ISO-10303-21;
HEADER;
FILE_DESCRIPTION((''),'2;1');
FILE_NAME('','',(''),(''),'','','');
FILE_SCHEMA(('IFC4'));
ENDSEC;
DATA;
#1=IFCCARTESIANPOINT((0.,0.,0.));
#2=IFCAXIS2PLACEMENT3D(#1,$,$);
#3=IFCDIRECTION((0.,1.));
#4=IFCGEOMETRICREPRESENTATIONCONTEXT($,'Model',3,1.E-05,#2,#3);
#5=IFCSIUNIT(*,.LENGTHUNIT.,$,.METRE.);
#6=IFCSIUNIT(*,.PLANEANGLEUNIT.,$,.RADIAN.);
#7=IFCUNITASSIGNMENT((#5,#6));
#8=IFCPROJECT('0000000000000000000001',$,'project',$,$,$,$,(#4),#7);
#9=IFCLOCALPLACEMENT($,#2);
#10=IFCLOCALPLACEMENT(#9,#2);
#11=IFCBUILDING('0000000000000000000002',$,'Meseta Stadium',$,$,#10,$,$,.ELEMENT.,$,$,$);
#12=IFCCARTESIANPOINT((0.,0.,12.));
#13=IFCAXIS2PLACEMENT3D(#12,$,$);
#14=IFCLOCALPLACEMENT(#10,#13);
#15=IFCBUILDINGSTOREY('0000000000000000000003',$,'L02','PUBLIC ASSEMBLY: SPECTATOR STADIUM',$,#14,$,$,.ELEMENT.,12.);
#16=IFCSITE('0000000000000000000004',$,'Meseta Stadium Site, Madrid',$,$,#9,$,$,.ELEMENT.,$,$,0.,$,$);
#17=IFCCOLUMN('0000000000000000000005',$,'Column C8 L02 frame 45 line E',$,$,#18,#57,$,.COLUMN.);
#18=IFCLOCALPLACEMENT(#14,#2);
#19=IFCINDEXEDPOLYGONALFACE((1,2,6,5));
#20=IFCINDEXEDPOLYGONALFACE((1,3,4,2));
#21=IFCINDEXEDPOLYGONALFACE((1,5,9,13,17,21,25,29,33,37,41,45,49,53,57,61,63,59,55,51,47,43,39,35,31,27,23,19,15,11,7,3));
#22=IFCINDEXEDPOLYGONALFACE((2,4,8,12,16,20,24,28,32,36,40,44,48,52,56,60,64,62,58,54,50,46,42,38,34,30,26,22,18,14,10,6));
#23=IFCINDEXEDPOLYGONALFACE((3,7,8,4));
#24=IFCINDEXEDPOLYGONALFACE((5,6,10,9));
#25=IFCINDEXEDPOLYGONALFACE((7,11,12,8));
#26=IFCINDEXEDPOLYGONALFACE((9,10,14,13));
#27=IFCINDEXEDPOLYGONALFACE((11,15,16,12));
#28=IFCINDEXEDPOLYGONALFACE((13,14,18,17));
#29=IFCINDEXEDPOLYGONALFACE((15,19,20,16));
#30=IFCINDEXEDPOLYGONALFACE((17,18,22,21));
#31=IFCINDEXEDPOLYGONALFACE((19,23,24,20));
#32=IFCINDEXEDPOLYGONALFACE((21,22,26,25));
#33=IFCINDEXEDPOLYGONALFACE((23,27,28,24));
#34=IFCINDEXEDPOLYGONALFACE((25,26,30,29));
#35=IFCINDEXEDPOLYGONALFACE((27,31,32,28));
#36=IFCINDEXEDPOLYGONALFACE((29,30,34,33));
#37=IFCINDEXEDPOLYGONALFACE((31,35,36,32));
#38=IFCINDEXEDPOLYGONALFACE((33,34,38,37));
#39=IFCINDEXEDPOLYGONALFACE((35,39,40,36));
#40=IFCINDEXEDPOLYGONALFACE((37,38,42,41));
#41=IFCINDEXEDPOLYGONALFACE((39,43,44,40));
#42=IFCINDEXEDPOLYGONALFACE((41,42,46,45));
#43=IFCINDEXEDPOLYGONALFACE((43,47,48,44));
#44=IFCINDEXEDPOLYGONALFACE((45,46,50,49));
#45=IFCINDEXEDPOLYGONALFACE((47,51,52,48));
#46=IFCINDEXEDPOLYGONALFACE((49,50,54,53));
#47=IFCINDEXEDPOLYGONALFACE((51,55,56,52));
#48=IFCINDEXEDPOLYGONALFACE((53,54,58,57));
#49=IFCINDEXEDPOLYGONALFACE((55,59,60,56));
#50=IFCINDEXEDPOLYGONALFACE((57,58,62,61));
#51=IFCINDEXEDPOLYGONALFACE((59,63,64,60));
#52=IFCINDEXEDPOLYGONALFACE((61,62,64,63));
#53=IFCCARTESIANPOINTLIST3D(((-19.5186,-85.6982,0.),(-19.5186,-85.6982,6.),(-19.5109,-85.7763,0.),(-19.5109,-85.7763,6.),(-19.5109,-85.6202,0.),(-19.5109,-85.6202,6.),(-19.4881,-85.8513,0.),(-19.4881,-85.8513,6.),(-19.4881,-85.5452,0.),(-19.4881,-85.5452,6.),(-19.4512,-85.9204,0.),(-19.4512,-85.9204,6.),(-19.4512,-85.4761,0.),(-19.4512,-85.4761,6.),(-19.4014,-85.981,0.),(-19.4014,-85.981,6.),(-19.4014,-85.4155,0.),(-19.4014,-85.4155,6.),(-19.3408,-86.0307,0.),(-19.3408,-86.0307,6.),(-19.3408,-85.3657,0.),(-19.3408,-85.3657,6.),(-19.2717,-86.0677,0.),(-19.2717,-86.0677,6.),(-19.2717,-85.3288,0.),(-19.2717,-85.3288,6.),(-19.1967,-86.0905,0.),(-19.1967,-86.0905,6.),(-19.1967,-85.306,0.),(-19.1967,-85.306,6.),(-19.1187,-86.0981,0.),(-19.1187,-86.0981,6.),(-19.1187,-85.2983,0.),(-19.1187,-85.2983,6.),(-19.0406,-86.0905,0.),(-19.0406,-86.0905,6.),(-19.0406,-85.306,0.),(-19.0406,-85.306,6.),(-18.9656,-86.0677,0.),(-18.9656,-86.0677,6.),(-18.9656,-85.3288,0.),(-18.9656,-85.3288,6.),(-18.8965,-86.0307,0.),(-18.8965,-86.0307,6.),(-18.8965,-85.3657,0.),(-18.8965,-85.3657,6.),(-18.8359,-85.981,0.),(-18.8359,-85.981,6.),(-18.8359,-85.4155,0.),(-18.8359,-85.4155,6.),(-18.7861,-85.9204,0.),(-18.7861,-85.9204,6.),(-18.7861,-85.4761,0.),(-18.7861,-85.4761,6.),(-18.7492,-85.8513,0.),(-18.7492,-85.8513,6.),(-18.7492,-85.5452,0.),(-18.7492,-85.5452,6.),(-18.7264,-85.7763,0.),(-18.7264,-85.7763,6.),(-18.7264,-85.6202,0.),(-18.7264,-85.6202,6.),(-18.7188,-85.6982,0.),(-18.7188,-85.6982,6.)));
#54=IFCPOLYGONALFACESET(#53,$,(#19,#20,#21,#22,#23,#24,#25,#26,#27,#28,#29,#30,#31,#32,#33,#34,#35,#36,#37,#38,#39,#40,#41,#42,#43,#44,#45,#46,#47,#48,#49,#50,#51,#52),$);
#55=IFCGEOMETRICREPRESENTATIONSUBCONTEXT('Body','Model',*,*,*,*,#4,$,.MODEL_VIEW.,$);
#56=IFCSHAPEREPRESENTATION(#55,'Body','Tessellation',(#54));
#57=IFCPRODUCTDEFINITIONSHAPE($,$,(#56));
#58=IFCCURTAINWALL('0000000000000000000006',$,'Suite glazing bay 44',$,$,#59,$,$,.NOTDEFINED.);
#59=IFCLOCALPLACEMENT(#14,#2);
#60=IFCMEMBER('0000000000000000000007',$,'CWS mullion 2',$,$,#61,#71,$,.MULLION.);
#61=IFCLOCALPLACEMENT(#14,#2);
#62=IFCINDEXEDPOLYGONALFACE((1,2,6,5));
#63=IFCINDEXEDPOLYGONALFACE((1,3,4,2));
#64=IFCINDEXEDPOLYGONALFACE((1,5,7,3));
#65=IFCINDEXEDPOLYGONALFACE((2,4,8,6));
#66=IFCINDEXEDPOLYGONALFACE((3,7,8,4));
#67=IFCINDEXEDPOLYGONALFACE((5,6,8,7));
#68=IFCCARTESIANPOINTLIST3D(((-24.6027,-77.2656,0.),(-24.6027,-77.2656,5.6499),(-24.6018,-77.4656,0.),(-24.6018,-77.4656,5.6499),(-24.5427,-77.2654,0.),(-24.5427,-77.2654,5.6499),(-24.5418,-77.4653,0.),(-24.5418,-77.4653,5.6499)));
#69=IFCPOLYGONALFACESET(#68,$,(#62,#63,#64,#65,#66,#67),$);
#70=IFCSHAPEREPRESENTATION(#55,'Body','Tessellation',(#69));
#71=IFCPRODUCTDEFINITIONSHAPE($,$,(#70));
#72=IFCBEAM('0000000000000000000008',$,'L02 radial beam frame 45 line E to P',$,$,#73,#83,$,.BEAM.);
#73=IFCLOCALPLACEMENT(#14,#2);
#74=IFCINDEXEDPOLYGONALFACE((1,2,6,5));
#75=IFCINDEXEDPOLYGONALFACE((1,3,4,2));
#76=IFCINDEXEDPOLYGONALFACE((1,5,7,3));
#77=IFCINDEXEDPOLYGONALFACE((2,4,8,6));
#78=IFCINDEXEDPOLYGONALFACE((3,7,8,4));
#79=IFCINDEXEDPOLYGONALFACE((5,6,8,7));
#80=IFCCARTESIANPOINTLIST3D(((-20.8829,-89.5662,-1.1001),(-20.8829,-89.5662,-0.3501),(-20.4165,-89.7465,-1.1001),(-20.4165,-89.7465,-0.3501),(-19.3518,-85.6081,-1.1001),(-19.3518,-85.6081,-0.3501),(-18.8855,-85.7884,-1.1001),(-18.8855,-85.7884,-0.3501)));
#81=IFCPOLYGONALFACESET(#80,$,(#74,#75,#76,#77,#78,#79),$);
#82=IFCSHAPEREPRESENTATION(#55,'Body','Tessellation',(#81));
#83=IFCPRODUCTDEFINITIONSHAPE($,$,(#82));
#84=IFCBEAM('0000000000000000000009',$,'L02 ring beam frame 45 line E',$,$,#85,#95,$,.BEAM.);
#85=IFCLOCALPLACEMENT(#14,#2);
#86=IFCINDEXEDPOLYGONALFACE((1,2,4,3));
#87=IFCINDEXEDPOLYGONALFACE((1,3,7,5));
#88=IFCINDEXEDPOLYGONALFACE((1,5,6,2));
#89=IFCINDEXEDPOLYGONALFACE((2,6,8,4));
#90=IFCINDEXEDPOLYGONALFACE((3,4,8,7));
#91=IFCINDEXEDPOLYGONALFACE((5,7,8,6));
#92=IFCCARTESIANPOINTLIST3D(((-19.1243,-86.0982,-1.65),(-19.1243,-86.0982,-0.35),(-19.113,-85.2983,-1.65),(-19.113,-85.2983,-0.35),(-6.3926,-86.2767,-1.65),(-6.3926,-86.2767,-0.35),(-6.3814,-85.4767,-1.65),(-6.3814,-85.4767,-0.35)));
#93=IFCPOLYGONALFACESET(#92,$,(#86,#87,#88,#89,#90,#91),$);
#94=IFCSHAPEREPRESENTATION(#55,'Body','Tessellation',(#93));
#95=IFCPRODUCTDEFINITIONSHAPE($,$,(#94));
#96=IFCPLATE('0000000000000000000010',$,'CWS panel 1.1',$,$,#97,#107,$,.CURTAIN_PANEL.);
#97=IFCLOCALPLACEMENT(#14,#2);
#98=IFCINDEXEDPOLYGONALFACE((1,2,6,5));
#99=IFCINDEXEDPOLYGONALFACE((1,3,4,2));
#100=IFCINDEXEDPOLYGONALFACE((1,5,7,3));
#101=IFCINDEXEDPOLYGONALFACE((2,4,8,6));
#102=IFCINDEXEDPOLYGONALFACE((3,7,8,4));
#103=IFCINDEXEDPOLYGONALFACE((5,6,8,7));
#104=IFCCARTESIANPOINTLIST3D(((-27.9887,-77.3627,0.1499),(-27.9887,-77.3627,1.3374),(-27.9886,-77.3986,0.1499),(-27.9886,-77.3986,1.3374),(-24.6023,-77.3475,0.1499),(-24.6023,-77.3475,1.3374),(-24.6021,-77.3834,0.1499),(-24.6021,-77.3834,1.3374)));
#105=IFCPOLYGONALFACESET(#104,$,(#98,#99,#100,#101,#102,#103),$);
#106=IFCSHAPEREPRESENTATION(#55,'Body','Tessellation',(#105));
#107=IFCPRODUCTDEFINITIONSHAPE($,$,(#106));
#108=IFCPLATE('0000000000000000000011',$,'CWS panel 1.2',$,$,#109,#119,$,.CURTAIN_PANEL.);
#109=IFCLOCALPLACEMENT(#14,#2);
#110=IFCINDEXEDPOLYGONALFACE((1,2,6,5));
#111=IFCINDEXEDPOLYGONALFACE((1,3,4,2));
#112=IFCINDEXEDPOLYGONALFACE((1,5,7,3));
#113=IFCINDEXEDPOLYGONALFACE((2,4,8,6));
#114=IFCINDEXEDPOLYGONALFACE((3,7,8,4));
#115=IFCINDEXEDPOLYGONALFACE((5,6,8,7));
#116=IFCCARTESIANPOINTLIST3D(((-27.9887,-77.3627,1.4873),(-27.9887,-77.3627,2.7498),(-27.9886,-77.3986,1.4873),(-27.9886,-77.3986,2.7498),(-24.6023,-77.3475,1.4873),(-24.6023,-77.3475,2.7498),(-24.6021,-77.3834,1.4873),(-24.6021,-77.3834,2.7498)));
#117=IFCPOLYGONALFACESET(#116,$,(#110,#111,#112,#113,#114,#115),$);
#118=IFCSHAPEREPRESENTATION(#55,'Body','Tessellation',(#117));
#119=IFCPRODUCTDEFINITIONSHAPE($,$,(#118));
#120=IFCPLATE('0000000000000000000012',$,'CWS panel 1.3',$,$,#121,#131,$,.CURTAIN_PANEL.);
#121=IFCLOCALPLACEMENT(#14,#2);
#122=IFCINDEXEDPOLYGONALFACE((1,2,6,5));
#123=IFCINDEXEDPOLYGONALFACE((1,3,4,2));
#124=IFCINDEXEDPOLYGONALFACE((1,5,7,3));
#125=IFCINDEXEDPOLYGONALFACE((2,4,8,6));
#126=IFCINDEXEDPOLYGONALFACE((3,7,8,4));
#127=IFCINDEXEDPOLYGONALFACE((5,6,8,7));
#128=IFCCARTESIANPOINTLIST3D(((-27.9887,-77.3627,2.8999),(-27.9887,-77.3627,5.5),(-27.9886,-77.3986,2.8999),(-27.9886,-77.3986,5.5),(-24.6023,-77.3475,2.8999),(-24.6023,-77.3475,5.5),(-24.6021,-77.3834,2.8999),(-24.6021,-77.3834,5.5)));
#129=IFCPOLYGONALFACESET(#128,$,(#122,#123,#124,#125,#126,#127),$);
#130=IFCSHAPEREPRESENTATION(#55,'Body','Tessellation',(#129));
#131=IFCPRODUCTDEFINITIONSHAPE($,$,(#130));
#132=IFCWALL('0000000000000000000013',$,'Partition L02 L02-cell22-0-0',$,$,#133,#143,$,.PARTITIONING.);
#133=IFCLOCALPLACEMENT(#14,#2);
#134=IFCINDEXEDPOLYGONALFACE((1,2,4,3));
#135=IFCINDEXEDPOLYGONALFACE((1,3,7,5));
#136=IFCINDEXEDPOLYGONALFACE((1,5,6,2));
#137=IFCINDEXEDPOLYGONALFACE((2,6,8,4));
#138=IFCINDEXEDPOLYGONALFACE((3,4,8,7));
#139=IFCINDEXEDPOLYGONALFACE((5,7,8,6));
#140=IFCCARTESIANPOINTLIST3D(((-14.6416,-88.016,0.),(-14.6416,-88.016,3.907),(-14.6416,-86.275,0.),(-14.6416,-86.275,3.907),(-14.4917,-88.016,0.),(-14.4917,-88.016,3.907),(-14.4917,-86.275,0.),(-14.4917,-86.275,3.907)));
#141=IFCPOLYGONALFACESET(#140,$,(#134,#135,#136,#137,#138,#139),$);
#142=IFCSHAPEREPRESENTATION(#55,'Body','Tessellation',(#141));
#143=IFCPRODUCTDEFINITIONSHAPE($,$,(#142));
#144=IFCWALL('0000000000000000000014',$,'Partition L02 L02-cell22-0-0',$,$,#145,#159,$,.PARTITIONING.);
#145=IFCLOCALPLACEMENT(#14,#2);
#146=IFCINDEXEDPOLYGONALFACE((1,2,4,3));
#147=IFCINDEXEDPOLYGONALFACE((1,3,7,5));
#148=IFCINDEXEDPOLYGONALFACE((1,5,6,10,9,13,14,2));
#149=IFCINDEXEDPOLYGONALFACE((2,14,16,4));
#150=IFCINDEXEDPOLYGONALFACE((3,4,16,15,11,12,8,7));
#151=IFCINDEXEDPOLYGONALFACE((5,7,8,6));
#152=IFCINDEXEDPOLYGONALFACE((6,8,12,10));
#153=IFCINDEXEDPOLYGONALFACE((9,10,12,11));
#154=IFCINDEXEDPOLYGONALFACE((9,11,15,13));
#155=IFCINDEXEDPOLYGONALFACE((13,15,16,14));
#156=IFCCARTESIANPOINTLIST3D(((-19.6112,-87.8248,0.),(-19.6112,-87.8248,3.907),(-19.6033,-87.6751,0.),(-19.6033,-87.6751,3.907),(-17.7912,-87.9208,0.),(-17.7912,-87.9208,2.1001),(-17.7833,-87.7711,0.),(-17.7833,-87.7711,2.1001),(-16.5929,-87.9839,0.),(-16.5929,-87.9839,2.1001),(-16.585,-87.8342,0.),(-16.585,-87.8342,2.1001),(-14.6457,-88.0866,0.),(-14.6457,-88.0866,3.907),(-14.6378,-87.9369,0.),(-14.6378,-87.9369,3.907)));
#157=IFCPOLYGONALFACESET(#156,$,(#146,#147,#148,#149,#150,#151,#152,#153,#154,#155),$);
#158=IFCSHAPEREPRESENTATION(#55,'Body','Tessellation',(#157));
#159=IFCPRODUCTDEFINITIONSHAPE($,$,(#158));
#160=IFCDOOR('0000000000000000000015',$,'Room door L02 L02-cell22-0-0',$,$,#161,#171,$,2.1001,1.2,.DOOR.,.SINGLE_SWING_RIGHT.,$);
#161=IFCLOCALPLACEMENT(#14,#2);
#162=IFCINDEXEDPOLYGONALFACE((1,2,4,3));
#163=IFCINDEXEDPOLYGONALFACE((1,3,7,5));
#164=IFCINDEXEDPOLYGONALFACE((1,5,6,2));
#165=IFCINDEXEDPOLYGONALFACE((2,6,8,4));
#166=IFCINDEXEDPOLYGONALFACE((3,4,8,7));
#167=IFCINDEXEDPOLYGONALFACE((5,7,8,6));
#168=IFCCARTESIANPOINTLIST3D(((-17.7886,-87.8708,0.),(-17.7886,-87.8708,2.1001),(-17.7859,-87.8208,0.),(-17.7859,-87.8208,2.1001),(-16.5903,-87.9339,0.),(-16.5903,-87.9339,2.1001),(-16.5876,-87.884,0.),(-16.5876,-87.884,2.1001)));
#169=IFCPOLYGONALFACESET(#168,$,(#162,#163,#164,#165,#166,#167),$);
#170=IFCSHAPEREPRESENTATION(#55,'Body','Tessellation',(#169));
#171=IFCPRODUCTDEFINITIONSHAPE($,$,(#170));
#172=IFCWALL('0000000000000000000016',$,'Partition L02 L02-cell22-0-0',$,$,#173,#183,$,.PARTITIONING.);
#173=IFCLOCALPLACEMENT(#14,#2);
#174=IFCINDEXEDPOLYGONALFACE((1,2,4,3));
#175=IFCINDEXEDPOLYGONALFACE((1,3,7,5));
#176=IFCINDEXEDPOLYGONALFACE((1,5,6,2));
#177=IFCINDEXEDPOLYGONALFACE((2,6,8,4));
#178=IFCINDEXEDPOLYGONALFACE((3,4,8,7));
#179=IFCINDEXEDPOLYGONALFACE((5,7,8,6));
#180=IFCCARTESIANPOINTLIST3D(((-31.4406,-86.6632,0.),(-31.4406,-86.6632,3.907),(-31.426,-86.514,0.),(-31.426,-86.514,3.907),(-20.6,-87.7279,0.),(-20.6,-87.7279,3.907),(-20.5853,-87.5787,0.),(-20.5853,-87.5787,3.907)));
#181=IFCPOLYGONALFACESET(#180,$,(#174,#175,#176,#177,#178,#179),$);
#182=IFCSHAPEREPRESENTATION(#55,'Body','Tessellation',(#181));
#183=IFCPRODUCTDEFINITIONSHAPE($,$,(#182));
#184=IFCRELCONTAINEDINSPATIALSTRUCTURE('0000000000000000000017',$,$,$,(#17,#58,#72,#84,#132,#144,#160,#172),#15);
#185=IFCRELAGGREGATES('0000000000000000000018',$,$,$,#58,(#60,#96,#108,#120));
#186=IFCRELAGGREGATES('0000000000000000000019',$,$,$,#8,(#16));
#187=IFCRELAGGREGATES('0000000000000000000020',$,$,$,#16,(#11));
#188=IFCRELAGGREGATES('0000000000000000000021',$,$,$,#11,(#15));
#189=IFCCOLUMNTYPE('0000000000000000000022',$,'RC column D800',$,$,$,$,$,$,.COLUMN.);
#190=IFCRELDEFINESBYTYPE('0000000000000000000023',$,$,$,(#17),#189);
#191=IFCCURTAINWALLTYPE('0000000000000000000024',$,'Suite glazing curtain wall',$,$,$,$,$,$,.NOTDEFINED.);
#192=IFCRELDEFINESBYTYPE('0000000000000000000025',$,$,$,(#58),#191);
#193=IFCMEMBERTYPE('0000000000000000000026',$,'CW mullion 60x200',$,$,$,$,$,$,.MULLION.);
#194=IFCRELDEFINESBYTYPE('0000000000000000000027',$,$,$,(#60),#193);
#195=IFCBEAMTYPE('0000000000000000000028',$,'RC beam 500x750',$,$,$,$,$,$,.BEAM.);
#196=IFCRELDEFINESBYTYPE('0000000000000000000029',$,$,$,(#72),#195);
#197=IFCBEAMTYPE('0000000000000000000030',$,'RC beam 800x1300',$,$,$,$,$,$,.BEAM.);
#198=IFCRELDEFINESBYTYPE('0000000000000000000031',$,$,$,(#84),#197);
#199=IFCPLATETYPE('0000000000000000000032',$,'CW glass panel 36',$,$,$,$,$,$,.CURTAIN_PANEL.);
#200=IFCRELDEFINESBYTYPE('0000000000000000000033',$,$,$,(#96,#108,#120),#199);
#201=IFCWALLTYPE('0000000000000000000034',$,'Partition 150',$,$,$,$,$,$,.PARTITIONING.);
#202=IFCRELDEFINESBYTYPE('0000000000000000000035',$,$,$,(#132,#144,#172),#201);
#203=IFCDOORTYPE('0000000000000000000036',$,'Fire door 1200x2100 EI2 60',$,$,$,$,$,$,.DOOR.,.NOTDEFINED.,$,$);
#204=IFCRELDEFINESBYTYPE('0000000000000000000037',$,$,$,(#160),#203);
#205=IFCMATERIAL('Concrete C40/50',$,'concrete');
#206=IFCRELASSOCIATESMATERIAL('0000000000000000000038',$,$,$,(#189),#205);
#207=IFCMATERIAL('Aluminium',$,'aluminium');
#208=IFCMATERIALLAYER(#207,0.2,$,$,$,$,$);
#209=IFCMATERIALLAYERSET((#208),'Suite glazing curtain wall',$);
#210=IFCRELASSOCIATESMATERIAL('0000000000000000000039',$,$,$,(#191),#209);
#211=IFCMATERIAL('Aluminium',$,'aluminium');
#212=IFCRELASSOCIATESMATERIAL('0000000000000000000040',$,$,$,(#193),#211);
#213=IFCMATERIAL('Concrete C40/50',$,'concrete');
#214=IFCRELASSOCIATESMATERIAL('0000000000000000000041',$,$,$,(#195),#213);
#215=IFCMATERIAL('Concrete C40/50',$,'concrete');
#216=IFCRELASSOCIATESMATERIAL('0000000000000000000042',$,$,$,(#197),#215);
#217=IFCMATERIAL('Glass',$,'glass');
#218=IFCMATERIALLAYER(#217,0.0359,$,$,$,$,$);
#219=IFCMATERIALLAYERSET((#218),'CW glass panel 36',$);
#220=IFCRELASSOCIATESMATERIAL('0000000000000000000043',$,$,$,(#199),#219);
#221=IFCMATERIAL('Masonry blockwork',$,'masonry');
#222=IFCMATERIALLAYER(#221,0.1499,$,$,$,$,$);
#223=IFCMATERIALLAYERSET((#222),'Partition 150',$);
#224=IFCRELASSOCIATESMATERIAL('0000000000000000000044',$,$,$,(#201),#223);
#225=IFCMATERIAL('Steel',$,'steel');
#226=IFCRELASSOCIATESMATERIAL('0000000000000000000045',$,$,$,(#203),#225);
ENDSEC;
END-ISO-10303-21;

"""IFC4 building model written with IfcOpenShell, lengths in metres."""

from ifc_helpers import new_model, si_unit, direction, frame, frame_2d, origin, origin_2d, place, context, subcontext, project, spatial, rectangle, circle, extrude, material, layer, layer_set, material_profile, profile_set, type_object, element, fill, aggregate, save


model = new_model("IFC4")

# Units and contexts
model_context = context("Model", 3, precision=1e-05, world=origin(), true_north=direction((0.0, 1.0)))
body_context = subcontext(model_context, "Body", "Model", "MODEL_VIEW")
ifc_project = project(units=[si_unit("LENGTHUNIT", "METRE"), si_unit("PLANEANGLEUNIT", "RADIAN")], contexts=[model_context])

# Site, building, storey
site_placement = place(None, origin())
site = spatial("IfcSite", under=ifc_project, at=site_placement, Name="Meseta Stadium Site, Madrid", CompositionType="ELEMENT", RefElevation=0.0)
building_placement = place(site_placement, origin())
building = spatial("IfcBuilding", under=site, at=building_placement, Name="Meseta Stadium", CompositionType="ELEMENT")
storey_placement = place(building_placement, frame((0.0, 0.0, 12.0)))
storey = spatial("IfcBuildingStorey", under=building, at=storey_placement, Name="L02", Description="PUBLIC ASSEMBLY: SPECTATOR STADIUM", CompositionType="ELEMENT", Elevation=12.0)

# Column
ifc_material_1 = material(Name="Concrete C40/50", Category="concrete")
ifc_material_profile_1 = material_profile(ifc_material_1, circle(Radius=0.3999, at=origin_2d()), Name="RC D800")
ifc_profile_set_1 = profile_set([ifc_material_profile_1], Name="Concrete C40/50")
column_type = type_object("IfcColumnType", Name="RC column D800", PredefinedType="COLUMN", material=ifc_profile_set_1)
column_placement = place(storey_placement, frame((-19.1187, -85.6982, 0.0), z_axis=(0.0, 0.0, 1.0), x_axis=(1.0, 0.0, 0.0)))
element("IfcColumn", 1, at=column_placement, inside=storey, type_object=column_type, Name="Column C8 L02 frame 45 line E", PredefinedType="COLUMN", context=body_context, shape_type="SweptSolid", body=[
    extrude(circle(Radius=0.3999, at=origin_2d()), origin(), (0.0, 0.0, 1.0), 6.0),
])

# Curtain wall, member
ifc_material_2 = material(Name="Aluminium", Category="aluminium")
ifc_layer_1 = layer(ifc_material_2, 0.2)
ifc_layer_set_1 = layer_set([ifc_layer_1], Name="Suite glazing curtain wall")
curtain_wall_type = type_object("IfcCurtainWallType", Name="Suite glazing curtain wall", PredefinedType="NOTDEFINED", material=ifc_layer_set_1)
curtain_wall_placement = place(storey_placement, origin())
curtain_wall = element("IfcCurtainWall", 2, at=curtain_wall_placement, inside=storey, type_object=curtain_wall_type, Name="Suite glazing bay 44", PredefinedType="NOTDEFINED")
ifc_material_3 = material(Name="Aluminium", Category="aluminium")
ifc_material_profile_2 = material_profile(ifc_material_3, rectangle(XDim=0.2, YDim=0.0601, at=origin_2d()), Name="CW 200x60")
ifc_profile_set_2 = profile_set([ifc_material_profile_2], Name="Aluminium")
member_type = type_object("IfcMemberType", Name="CW mullion 60x200", PredefinedType="MULLION", material=ifc_profile_set_2)
member_placement = place(storey_placement, frame((-24.5723, -77.3655, 0.0), z_axis=(0.0, 0.0, 1.0), x_axis=(-0.004469, 0.99999, 0.0)))
member = element("IfcMember", 3, at=member_placement, type_object=member_type, Name="CWS mullion 2", PredefinedType="MULLION", context=body_context, shape_type="SweptSolid", body=[
    extrude(rectangle(XDim=0.2, YDim=0.0601, at=origin_2d()), origin(), (0.0, 0.0, 1.0), 5.6499),
])

# Beams
ifc_material_4 = material(Name="Concrete C40/50", Category="concrete")
ifc_material_profile_3 = material_profile(ifc_material_4, rectangle(XDim=0.5, YDim=0.75, at=origin_2d()), Name="RC 500x750")
ifc_profile_set_3 = profile_set([ifc_material_profile_3], Name="Concrete C40/50")
beam_type_1 = type_object("IfcBeamType", Name="RC beam 500x750", PredefinedType="BEAM", material=ifc_profile_set_3)
beam_1_placement = place(storey_placement, frame((-19.1187, -85.6982, -0.7251), z_axis=(-0.360763, -0.932657, 0.0), x_axis=(0.932657, -0.360763, 0.0)))
element("IfcBeam", 4, at=beam_1_placement, inside=storey, type_object=beam_type_1, Name="L02 radial beam frame 45 line E to P", PredefinedType="BEAM", context=body_context, shape_type="SweptSolid", body=[
    extrude(rectangle(XDim=0.5, YDim=0.75, at=origin_2d()), origin(), (0.0, 0.0, 1.0), 4.2439),
])
ifc_material_5 = material(Name="Concrete C40/50", Category="concrete")
ifc_material_profile_4 = material_profile(ifc_material_5, rectangle(XDim=0.8, YDim=1.3, at=origin_2d()), Name="RC 800x1300")
ifc_profile_set_4 = profile_set([ifc_material_profile_4], Name="Concrete C40/50")
beam_type_2 = type_object("IfcBeamType", Name="RC beam 800x1300", PredefinedType="BEAM", material=ifc_profile_set_4)
beam_2_placement = place(storey_placement, frame((-19.1187, -85.6982, -1.0), z_axis=(0.999902, -0.014016, 0.0), x_axis=(0.014016, 0.999902, 0.0)))
element("IfcBeam", 5, at=beam_2_placement, inside=storey, type_object=beam_type_2, Name="L02 ring beam frame 45 line E", PredefinedType="BEAM", context=body_context, shape_type="SweptSolid", body=[
    extrude(rectangle(XDim=0.8, YDim=1.3, at=origin_2d()), origin(), (0.0, 0.0, 1.0), 12.7329),
])

# Plates
ifc_material_6 = material(Name="Glass", Category="glass")
ifc_layer_2 = layer(ifc_material_6, 0.0359)
ifc_layer_set_2 = layer_set([ifc_layer_2], Name="CW glass panel 36")
plate_type = type_object("IfcPlateType", Name="CW glass panel 36", PredefinedType="CURTAIN_PANEL", material=ifc_layer_set_2)
plate_1_placement = place(storey_placement, frame((-26.2954, -77.373, 0.1499), z_axis=(0.0, 0.0, 1.0), x_axis=(0.99999, 0.004469, 0.0)))
plate_1 = element("IfcPlate", 6, at=plate_1_placement, type_object=plate_type, Name="CWS panel 1.1", PredefinedType="CURTAIN_PANEL", context=body_context, shape_type="SweptSolid", body=[
    extrude(rectangle(XDim=3.3865, YDim=0.0359, at=origin_2d()), origin(), (0.0, 0.0, 1.0), 1.1875),
])
plate_2_placement = place(storey_placement, frame((-26.2954, -77.373, 1.4873), z_axis=(0.0, 0.0, 1.0), x_axis=(0.99999, 0.004469, 0.0)))
plate_2 = element("IfcPlate", 7, at=plate_2_placement, type_object=plate_type, Name="CWS panel 1.2", PredefinedType="CURTAIN_PANEL", context=body_context, shape_type="SweptSolid", body=[
    extrude(rectangle(XDim=3.3865, YDim=0.0359, at=origin_2d()), origin(), (0.0, 0.0, 1.0), 1.2625),
])
plate_3_placement = place(storey_placement, frame((-26.2954, -77.373, 2.8999), z_axis=(0.0, 0.0, 1.0), x_axis=(0.99999, 0.004469, 0.0)))
plate_3 = element("IfcPlate", 8, at=plate_3_placement, type_object=plate_type, Name="CWS panel 1.3", PredefinedType="CURTAIN_PANEL", context=body_context, shape_type="SweptSolid", body=[
    extrude(rectangle(XDim=3.3865, YDim=0.0359, at=origin_2d()), origin(), (0.0, 0.0, 1.0), 2.6001),
])
aggregate(curtain_wall, [member, plate_1, plate_2, plate_3])

# Wall
ifc_material_7 = material(Name="Masonry blockwork", Category="masonry")
ifc_layer_3 = layer(ifc_material_7, 0.1499)
ifc_layer_set_3 = layer_set([ifc_layer_3], Name="Partition 150")
wall_type = type_object("IfcWallType", Name="Partition 150", PredefinedType="PARTITIONING", material=ifc_layer_set_3)
wall_1_placement = place(storey_placement, frame((-14.5667, -86.2749, 0.0), z_axis=(0.0, 0.0, 1.0), x_axis=(0.0, -1.0, 0.0)))
element("IfcWall", 9, at=wall_1_placement, inside=storey, type_object=wall_type, Name="Partition L02 L02-cell22-0-0", PredefinedType="PARTITIONING", context=body_context, shape_type="SweptSolid", body=[
    extrude(rectangle(XDim=1.741, YDim=0.1499, at=frame_2d((0.8706, 0.0))), origin(), (0.0, 0.0, 1.0), 3.907),
])

# Wall, opening, door
wall_2_placement = place(storey_placement, frame((-14.6416, -88.0117, 0.0), z_axis=(0.0, 0.0, 1.0), x_axis=(-0.998614, 0.052634, 0.0)))
wall_2 = element("IfcWall", 10, at=wall_2_placement, inside=storey, type_object=wall_type, Name="Partition L02 L02-cell22-0-0", PredefinedType="PARTITIONING", context=body_context, shape_type="SweptSolid", body=[
    extrude(rectangle(XDim=4.9724, YDim=0.1499, at=frame_2d((2.4863, 0.0))), origin(), (0.0, 0.0, 1.0), 3.907),
])
opening_1_placement = place(wall_2_placement, frame((1.95, 0.0, 0.0)))
opening_1 = element("IfcOpeningElement", 11, at=opening_1_placement, cuts=wall_2, PredefinedType="OPENING", context=body_context, shape_type="SweptSolid", body=[
    extrude(rectangle(XDim=1.2, YDim=2.1001, at=frame_2d((0.6001, 1.05))), frame((0.0, 0.085, 0.0), z_axis=(0.0, -1.0, 0.0), x_axis=(1.0, 0.0, 0.0)), (0.0, 0.0, 1.0), 0.1699),
])
ifc_material_8 = material(Name="Steel", Category="steel")
door_type_1 = type_object("IfcDoorType", Name="Fire door 1200x2100 EI2 60", OperationType="NOTDEFINED", PredefinedType="DOOR", material=ifc_material_8)
door_1_placement = place(opening_1_placement, origin())
door_1 = element("IfcDoor", 12, at=door_1_placement, inside=storey, type_object=door_type_1, Name="Room door L02 L02-cell22-0-0", OperationType="SINGLE_SWING_RIGHT", OverallHeight=2.1001, OverallWidth=1.2, PredefinedType="DOOR", context=body_context, shape_type="SweptSolid", body=[
    extrude(rectangle(XDim=1.2, YDim=2.1001, at=frame_2d((0.6001, 1.05))), frame((0.0, 0.0249, 0.0), z_axis=(0.0, -1.0, 0.0), x_axis=(1.0, 0.0, 0.0)), (0.0, 0.0, 1.0), 0.05),
])
fill(opening_1, door_1)

# Wall
wall_3_placement = place(storey_placement, frame((-20.5928, -87.6533, 0.0), z_axis=(0.0, 0.0, 1.0), x_axis=(-0.995212, 0.097744, 0.0)))
element("IfcWall", 13, at=wall_3_placement, inside=storey, type_object=wall_type, Name="Partition L02 L02-cell22-0-0", PredefinedType="PARTITIONING", context=body_context, shape_type="SweptSolid", body=[
    extrude(rectangle(XDim=10.8928, YDim=0.1499, at=frame_2d((5.4463, 0.0))), origin(), (0.0, 0.0, 1.0), 3.907),
])

save(model, "model.ifc")
